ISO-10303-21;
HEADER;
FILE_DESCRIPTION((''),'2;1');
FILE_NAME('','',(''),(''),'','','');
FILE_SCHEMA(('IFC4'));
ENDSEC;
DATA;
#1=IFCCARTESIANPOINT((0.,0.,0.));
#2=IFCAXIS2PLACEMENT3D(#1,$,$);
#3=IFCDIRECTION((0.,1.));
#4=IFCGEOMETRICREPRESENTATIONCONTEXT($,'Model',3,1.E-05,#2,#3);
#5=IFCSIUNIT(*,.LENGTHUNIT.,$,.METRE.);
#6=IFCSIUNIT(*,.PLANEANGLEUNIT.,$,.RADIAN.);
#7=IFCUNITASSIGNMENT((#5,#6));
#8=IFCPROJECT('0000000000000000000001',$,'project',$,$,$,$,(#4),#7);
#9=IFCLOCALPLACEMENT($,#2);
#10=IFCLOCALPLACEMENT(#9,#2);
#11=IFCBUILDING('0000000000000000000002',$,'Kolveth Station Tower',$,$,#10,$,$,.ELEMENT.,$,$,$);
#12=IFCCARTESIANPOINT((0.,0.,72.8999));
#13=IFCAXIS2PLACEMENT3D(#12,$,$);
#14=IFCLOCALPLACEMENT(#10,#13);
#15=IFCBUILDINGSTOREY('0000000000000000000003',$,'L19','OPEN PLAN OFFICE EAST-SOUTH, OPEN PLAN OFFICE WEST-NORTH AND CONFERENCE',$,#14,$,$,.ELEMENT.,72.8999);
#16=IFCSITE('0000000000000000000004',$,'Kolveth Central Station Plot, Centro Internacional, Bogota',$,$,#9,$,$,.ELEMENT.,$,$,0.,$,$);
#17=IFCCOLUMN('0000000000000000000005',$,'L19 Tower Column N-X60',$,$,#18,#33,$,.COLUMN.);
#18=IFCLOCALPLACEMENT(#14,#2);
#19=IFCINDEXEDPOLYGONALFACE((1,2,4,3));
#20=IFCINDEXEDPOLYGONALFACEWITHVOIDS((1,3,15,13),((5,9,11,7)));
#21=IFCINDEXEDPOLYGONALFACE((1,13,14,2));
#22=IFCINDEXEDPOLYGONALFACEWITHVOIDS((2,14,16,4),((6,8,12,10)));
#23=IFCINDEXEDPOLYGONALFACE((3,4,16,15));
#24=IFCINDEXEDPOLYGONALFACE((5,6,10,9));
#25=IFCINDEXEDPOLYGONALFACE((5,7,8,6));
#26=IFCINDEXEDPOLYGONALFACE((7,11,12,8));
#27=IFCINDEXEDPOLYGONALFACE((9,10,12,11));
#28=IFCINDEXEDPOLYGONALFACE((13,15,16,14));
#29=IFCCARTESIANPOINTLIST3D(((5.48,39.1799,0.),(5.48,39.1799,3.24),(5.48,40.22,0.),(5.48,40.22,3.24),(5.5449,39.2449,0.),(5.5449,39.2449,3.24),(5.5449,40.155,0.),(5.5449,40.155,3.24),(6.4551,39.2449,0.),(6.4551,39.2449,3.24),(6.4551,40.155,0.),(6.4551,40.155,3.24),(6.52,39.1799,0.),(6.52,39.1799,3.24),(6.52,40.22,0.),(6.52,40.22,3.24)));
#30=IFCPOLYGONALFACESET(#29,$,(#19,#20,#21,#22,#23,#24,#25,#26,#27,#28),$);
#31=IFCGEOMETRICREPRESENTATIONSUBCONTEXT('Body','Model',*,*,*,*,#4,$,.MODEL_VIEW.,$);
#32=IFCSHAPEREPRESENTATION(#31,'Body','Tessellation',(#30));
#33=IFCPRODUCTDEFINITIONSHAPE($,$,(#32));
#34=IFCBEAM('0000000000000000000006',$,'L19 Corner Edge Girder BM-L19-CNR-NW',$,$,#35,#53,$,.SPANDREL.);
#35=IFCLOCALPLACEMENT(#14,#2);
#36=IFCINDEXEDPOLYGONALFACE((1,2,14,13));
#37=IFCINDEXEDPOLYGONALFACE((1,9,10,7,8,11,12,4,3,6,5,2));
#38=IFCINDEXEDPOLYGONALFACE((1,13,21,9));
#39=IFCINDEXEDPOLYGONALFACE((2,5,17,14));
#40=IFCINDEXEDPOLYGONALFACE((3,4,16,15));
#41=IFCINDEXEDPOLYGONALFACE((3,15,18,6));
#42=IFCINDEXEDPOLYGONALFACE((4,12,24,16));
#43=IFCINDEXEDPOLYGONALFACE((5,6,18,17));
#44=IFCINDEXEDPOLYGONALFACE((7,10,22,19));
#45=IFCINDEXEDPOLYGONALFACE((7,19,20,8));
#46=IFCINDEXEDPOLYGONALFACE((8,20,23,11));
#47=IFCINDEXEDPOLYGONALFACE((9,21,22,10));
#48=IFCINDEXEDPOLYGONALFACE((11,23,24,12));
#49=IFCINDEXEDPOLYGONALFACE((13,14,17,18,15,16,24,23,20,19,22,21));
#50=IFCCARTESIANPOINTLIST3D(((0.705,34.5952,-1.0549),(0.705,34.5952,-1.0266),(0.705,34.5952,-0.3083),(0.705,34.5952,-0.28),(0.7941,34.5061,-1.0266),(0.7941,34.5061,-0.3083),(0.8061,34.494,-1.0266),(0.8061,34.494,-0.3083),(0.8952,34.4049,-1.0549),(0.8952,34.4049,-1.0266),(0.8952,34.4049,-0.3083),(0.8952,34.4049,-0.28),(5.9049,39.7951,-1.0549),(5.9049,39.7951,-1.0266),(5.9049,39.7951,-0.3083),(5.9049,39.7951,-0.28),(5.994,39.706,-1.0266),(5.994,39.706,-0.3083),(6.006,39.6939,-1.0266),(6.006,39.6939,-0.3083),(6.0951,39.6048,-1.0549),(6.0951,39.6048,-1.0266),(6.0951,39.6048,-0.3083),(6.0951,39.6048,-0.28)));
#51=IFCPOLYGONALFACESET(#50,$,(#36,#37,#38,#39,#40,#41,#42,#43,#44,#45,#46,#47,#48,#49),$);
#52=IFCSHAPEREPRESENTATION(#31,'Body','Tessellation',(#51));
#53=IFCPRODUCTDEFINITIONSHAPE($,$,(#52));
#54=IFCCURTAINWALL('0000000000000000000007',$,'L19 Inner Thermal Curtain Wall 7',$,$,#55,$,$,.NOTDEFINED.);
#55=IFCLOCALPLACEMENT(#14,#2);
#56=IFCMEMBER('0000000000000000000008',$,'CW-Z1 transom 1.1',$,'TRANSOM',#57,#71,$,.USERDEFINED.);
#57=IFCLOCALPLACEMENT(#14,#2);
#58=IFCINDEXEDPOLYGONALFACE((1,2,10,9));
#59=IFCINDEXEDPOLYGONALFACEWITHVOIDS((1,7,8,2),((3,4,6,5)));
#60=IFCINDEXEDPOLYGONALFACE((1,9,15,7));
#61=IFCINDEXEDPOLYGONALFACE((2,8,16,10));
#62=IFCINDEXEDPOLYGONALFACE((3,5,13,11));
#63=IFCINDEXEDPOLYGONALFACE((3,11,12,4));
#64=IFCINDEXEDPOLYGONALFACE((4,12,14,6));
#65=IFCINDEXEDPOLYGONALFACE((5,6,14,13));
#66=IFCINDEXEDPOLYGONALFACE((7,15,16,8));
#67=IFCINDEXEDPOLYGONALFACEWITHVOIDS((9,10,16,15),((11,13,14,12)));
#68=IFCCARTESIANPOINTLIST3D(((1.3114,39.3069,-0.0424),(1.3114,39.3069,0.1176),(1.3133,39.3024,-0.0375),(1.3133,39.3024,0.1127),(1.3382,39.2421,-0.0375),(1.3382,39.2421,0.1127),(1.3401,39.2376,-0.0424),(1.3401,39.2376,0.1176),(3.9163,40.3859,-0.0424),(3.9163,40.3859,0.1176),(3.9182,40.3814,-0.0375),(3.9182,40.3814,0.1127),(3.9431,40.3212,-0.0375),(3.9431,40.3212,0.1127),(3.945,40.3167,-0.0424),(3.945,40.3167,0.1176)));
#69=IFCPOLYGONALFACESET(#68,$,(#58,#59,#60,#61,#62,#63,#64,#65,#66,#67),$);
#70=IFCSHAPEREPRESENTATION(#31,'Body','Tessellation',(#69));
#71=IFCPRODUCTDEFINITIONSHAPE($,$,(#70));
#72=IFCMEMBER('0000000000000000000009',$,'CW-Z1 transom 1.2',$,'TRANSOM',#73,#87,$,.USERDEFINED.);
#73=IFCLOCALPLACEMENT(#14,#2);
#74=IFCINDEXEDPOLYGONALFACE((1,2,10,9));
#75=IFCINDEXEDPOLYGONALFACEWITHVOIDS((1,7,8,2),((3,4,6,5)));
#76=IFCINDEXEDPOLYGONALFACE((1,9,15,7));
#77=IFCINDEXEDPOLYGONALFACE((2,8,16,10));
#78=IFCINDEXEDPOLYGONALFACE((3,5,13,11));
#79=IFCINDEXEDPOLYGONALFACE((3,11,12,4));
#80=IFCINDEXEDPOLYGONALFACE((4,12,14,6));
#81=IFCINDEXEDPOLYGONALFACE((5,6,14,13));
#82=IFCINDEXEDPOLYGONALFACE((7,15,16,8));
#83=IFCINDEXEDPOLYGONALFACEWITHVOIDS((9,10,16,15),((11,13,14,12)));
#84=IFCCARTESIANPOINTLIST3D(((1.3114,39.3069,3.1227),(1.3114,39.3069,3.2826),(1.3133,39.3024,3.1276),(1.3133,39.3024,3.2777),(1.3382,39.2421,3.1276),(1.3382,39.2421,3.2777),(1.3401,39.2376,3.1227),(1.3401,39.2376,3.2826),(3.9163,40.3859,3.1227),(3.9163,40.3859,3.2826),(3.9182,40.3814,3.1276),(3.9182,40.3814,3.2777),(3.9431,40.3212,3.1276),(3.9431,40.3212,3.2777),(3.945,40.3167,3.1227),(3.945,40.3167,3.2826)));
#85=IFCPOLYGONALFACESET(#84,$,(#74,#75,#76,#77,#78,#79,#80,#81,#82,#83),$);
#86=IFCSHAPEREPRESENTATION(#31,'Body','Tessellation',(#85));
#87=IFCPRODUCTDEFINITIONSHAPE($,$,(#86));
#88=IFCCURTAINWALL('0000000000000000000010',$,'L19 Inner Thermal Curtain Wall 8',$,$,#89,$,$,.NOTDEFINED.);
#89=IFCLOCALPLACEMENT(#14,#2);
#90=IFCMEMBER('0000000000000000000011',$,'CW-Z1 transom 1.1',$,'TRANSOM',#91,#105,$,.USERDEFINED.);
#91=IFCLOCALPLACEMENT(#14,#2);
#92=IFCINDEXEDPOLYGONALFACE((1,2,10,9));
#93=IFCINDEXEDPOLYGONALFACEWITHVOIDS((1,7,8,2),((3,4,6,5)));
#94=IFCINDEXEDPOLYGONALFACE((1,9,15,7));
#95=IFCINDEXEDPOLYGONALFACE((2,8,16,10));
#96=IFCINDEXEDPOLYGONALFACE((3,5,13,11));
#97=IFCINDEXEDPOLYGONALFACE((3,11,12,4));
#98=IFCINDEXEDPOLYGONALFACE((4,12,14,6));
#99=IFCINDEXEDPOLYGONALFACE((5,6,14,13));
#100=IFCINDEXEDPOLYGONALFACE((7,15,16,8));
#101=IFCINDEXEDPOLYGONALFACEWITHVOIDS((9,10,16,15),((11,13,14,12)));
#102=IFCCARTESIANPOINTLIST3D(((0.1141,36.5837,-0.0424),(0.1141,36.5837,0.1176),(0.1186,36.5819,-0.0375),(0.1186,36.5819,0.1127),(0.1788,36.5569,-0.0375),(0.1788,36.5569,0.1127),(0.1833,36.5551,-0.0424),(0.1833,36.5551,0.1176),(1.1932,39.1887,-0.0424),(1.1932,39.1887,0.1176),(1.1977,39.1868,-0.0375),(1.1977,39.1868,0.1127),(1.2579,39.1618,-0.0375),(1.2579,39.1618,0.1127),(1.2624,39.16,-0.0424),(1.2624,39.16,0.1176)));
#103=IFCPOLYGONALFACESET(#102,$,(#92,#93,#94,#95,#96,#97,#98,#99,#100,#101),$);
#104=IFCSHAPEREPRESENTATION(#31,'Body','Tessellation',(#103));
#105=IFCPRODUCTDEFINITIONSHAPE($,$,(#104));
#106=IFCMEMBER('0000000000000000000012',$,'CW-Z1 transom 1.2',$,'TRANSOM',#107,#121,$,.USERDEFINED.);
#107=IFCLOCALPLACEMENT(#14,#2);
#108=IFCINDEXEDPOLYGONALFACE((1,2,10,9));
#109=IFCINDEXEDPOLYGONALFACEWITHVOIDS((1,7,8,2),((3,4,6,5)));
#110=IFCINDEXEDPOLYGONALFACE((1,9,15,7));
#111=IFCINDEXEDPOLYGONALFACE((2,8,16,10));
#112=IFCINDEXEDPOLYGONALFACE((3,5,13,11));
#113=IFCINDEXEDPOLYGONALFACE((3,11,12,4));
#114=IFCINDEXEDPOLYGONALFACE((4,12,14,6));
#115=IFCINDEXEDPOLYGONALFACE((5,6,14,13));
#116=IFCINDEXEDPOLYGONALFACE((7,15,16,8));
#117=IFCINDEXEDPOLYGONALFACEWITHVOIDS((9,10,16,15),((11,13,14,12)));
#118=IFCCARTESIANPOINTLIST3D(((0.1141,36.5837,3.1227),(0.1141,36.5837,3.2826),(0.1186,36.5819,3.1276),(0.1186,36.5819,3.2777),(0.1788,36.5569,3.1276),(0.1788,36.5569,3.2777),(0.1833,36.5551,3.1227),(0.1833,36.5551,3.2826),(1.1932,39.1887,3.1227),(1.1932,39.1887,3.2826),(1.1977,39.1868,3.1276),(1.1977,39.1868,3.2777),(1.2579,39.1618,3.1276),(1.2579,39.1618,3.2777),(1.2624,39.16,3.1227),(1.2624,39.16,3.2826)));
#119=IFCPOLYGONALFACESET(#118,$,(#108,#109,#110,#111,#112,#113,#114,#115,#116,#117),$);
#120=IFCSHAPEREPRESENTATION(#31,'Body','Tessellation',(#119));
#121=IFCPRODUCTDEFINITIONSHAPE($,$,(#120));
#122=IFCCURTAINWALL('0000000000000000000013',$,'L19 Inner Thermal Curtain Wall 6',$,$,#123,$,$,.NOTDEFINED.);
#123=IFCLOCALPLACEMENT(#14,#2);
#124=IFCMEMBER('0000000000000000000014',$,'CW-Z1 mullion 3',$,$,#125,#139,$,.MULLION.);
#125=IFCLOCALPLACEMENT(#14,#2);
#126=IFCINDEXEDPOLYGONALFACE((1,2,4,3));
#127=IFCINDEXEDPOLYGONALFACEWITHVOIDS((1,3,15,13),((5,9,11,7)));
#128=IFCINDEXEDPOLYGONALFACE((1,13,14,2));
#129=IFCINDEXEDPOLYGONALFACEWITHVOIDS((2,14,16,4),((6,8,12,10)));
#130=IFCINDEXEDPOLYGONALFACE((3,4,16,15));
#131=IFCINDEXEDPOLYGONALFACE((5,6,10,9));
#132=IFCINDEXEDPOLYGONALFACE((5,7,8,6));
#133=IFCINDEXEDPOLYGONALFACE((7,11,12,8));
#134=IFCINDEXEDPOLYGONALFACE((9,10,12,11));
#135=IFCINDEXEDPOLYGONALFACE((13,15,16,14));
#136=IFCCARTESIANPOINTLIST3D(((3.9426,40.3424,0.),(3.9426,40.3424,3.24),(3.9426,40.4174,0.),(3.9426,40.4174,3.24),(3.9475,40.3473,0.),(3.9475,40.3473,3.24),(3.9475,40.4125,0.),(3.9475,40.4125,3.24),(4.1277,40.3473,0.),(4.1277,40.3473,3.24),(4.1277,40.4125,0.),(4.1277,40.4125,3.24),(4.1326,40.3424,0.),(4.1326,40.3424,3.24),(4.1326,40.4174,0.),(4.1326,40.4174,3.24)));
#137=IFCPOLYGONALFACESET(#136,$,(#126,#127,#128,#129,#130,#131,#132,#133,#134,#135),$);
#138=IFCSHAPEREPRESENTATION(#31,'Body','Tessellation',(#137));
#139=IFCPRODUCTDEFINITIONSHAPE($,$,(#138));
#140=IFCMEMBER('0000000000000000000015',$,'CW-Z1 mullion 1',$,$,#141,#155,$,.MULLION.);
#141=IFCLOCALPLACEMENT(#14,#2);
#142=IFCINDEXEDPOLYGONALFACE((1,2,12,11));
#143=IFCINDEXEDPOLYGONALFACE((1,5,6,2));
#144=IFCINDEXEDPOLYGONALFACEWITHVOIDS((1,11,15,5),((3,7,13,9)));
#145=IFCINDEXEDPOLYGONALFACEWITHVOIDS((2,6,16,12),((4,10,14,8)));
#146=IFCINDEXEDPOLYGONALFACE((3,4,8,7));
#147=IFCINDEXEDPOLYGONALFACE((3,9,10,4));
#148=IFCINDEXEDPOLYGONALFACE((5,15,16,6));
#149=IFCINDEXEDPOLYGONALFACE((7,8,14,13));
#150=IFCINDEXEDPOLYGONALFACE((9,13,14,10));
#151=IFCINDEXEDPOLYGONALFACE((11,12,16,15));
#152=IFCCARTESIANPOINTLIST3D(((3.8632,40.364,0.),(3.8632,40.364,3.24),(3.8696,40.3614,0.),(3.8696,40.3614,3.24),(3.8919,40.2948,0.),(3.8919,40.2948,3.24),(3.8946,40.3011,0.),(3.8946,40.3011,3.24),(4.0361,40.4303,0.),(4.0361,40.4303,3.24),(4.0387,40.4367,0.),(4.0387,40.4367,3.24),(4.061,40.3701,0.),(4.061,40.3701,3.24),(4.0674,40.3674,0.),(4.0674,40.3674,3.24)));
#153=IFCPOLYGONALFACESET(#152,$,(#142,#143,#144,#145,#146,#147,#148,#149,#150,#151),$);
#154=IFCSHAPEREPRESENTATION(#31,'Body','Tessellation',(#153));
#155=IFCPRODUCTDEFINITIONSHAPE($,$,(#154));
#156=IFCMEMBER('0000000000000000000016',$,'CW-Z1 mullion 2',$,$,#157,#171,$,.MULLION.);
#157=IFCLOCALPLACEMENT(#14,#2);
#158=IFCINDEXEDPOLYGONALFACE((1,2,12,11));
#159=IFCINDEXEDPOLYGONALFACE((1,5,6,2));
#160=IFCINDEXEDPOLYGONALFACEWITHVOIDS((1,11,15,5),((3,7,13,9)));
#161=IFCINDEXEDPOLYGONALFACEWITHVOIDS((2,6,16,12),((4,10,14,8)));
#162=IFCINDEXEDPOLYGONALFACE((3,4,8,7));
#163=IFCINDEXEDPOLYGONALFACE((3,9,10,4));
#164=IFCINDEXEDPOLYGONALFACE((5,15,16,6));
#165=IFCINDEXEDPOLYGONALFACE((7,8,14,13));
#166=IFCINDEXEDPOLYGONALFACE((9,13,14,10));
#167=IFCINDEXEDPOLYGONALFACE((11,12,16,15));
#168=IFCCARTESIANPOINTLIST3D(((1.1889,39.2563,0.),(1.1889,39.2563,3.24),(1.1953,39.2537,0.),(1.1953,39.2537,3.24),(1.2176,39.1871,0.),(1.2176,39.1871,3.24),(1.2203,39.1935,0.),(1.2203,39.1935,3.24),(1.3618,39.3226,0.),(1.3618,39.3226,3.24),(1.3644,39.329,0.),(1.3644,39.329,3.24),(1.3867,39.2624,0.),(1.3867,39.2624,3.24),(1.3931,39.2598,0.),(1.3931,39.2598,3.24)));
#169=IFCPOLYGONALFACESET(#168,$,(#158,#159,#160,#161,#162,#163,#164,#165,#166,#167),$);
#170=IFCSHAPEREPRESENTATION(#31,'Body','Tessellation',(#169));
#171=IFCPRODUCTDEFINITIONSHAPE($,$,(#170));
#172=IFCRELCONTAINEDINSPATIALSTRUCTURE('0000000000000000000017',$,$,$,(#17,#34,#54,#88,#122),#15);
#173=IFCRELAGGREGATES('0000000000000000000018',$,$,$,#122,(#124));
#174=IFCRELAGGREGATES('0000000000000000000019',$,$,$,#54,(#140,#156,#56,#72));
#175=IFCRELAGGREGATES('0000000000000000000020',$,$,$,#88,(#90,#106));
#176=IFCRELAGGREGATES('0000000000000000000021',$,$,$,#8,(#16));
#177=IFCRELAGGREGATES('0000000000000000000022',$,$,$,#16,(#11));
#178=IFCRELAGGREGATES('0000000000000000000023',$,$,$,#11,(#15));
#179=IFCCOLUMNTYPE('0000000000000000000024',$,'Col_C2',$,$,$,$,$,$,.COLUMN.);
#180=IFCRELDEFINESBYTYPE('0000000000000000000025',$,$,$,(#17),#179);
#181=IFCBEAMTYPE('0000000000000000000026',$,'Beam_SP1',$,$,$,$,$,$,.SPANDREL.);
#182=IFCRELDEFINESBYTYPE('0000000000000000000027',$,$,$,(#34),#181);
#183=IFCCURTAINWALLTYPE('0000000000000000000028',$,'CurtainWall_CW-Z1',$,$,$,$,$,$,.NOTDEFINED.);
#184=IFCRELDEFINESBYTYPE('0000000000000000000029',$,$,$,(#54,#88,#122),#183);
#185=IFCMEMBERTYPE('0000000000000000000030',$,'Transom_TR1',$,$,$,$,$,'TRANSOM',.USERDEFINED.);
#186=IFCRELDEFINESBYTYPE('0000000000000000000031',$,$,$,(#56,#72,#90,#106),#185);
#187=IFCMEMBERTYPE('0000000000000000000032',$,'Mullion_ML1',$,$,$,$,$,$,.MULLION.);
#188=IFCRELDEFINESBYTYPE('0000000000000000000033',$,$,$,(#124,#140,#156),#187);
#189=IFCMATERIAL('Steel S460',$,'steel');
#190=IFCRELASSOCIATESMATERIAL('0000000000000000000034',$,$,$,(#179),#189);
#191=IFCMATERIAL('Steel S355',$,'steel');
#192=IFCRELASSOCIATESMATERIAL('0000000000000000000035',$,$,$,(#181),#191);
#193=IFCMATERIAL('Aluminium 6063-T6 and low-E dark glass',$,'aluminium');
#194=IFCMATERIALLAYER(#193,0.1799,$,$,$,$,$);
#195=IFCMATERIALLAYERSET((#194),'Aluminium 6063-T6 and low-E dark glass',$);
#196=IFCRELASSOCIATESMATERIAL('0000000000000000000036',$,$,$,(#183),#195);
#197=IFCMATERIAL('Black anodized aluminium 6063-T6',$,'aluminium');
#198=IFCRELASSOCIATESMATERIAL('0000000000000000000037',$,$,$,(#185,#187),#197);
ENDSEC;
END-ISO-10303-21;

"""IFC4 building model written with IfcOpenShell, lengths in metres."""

from ifc_helpers import new_model, si_unit, direction, frame, origin, origin_2d, place, context, subcontext, project, spatial, hollow_rectangle, i_section, extrude, source, transform, mapped, material, layer, layer_set, material_profile, profile_set, type_object, element, aggregate, save


model = new_model("IFC4")

# Units and contexts
model_context = context("Model", 3, precision=1e-05, world=origin(), true_north=direction((0.0, 1.0)))
body_context = subcontext(model_context, "Body", "Model", "MODEL_VIEW")
ifc_project = project(units=[si_unit("LENGTHUNIT", "METRE"), si_unit("PLANEANGLEUNIT", "RADIAN")], contexts=[model_context])

# Site, building, storey
site_placement = place(None, origin())
site = spatial("IfcSite", under=ifc_project, at=site_placement, Name="Kolveth Central Station Plot, Centro Internacional, Bogota", CompositionType="ELEMENT", RefElevation=0.0)
building_placement = place(site_placement, origin())
building = spatial("IfcBuilding", under=site, at=building_placement, Name="Kolveth Station Tower", CompositionType="ELEMENT")
storey_placement = place(building_placement, frame((0.0, 0.0, 72.8999)))
storey = spatial("IfcBuildingStorey", under=building, at=storey_placement, Name="L19", Description="OPEN PLAN OFFICE EAST-SOUTH, OPEN PLAN OFFICE WEST-NORTH AND CONFERENCE", CompositionType="ELEMENT", Elevation=72.8999)

# Column
ifc_material_1 = material(Name="Steel S460", Category="steel")
ifc_material_profile_1 = material_profile(ifc_material_1, hollow_rectangle(XDim=1.04, YDim=1.04, WallThickness=0.0649, at=origin_2d()), Name="BOX1040x1040x65")
ifc_profile_set_1 = profile_set([ifc_material_profile_1], Name="Steel S460")
column_type = type_object("IfcColumnType", Name="Col_C2", PredefinedType="COLUMN", material=ifc_profile_set_1)
shared_shape_1 = source(origin(), body_context, "Body", "SweptSolid", [
    extrude(hollow_rectangle(XDim=1.04, YDim=1.04, WallThickness=0.0649, at=origin_2d()), origin(), (0.0, 0.0, 1.0), 3.24),
])
column_placement = place(storey_placement, frame((6.0, 39.7, 0.0), z_axis=(0.0, 0.0, 1.0), x_axis=(1.0, 0.0, 0.0)))
element("IfcColumn", 1, at=column_placement, inside=storey, type_object=column_type, Name="L19 Tower Column N-X60", PredefinedType="COLUMN", context=body_context, shape_type="MappedRepresentation", body=[
    mapped(shared_shape_1, transform((0.0, 0.0, 0.0), x_axis=(1.0, 0.0, 0.0), y_axis=(0.0, 1.0, 0.0), z_axis=(0.0, 0.0, 1.0), scale=1.0)),
])

# Beam
ifc_material_2 = material(Name="Steel S355", Category="steel")
ifc_material_profile_2 = material_profile(ifc_material_2, i_section(OverallWidth=0.269, OverallDepth=0.7749, WebThickness=0.0171, FlangeThickness=0.0283, at=origin_2d()), Name="W760x220")
ifc_profile_set_2 = profile_set([ifc_material_profile_2], Name="Steel S355")
beam_type = type_object("IfcBeamType", Name="Beam_SP1", PredefinedType="SPANDREL", material=ifc_profile_set_2)
shared_shape_2 = source(origin(), body_context, "Body", "SweptSolid", [
    extrude(i_section(OverallWidth=0.269, OverallDepth=0.7749, WebThickness=0.0171, FlangeThickness=0.0283, at=origin_2d()), origin(), (0.0, 0.0, 1.0), 7.3538),
])
beam_placement = place(storey_placement, frame((6.0, 39.7, -0.6675), z_axis=(-0.707107, -0.707107, 0.0), x_axis=(0.707107, -0.707107, 0.0)))
element("IfcBeam", 2, at=beam_placement, inside=storey, type_object=beam_type, Name="L19 Corner Edge Girder BM-L19-CNR-NW", PredefinedType="SPANDREL", context=body_context, shape_type="MappedRepresentation", body=[
    mapped(shared_shape_2, transform((0.0, 0.0, 0.0), x_axis=(1.0, 0.0, 0.0), y_axis=(0.0, 1.0, 0.0), z_axis=(0.0, 0.0, 1.0), scale=1.0)),
])

# Curtain walls, members
ifc_material_3 = material(Name="Aluminium 6063-T6 and low-E dark glass", Category="aluminium")
ifc_layer_1 = layer(ifc_material_3, 0.1799)
ifc_layer_set_1 = layer_set([ifc_layer_1], Name="Aluminium 6063-T6 and low-E dark glass")
curtain_wall_type_1 = type_object("IfcCurtainWallType", Name="CurtainWall_CW-Z1", PredefinedType="NOTDEFINED", material=ifc_layer_set_1)
curtain_wall_1_placement = place(storey_placement, origin())
curtain_wall_1 = element("IfcCurtainWall", 3, at=curtain_wall_1_placement, inside=storey, type_object=curtain_wall_type_1, Name="L19 Inner Thermal Curtain Wall 7", PredefinedType="NOTDEFINED")
ifc_material_4 = material(Name="Black anodized aluminium 6063-T6", Category="aluminium")
ifc_material_profile_3 = material_profile(ifc_material_4, hollow_rectangle(XDim=0.075, YDim=0.1599, WallThickness=0.0049, at=origin_2d()), Name="ALU-75x160x5")
ifc_profile_set_3 = profile_set([ifc_material_profile_3], Name="Black anodized aluminium 6063-T6")
member_type_1 = type_object("IfcMemberType", Name="Transom_TR1", ElementType="TRANSOM", PredefinedType="USERDEFINED", material=ifc_profile_set_3)
shared_shape_3 = source(origin(), body_context, "Body", "SweptSolid", [
    extrude(hollow_rectangle(XDim=0.075, YDim=0.1599, WallThickness=0.0049, at=origin_2d()), origin(), (0.0, 0.0, 1.0), 2.8196),
])
member_1_placement = place(storey_placement, frame((3.9307, 40.3513, 0.0376), z_axis=(-0.923869, -0.382709, 0.0), x_axis=(0.382709, -0.923869, 0.0)))
member_1 = element("IfcMember", 4, at=member_1_placement, type_object=member_type_1, Name="CW-Z1 transom 1.1", ObjectType="TRANSOM", PredefinedType="USERDEFINED", context=body_context, shape_type="MappedRepresentation", body=[
    mapped(shared_shape_3, transform((0.0, 0.0, 0.0), x_axis=(1.0, 0.0, 0.0), y_axis=(0.0, 1.0, 0.0), z_axis=(0.0, 0.0, 1.0), scale=1.0)),
])
member_2_placement = place(storey_placement, frame((3.9307, 40.3513, 3.2026), z_axis=(-0.923869, -0.382709, 0.0), x_axis=(0.382709, -0.923869, 0.0)))
member_2 = element("IfcMember", 5, at=member_2_placement, type_object=member_type_1, Name="CW-Z1 transom 1.2", ObjectType="TRANSOM", PredefinedType="USERDEFINED", context=body_context, shape_type="MappedRepresentation", body=[
    mapped(shared_shape_3, transform((0.0, 0.0, 0.0), x_axis=(1.0, 0.0, 0.0), y_axis=(0.0, 1.0, 0.0), z_axis=(0.0, 0.0, 1.0), scale=1.0)),
])
curtain_wall_2_placement = place(storey_placement, origin())
curtain_wall_2 = element("IfcCurtainWall", 6, at=curtain_wall_2_placement, inside=storey, type_object=curtain_wall_type_1, Name="L19 Inner Thermal Curtain Wall 8", PredefinedType="NOTDEFINED")
member_3_placement = place(storey_placement, frame((1.2278, 39.1743, 0.0376), z_axis=(-0.382709, -0.923869, 0.0), x_axis=(0.923869, -0.382709, 0.0)))
member_3 = element("IfcMember", 7, at=member_3_placement, type_object=member_type_1, Name="CW-Z1 transom 1.1", ObjectType="TRANSOM", PredefinedType="USERDEFINED", context=body_context, shape_type="MappedRepresentation", body=[
    mapped(shared_shape_3, transform((0.0, 0.0, 0.0), x_axis=(1.0, 0.0, 0.0), y_axis=(0.0, 1.0, 0.0), z_axis=(0.0, 0.0, 1.0), scale=1.0)),
])
member_4_placement = place(storey_placement, frame((1.2278, 39.1743, 3.2026), z_axis=(-0.382709, -0.923869, 0.0), x_axis=(0.923869, -0.382709, 0.0)))
member_4 = element("IfcMember", 8, at=member_4_placement, type_object=member_type_1, Name="CW-Z1 transom 1.2", ObjectType="TRANSOM", PredefinedType="USERDEFINED", context=body_context, shape_type="MappedRepresentation", body=[
    mapped(shared_shape_3, transform((0.0, 0.0, 0.0), x_axis=(1.0, 0.0, 0.0), y_axis=(0.0, 1.0, 0.0), z_axis=(0.0, 0.0, 1.0), scale=1.0)),
])

# Curtain wall, member
curtain_wall_3_placement = place(storey_placement, origin())
curtain_wall_3 = element("IfcCurtainWall", 9, at=curtain_wall_3_placement, inside=storey, type_object=curtain_wall_type_1, Name="L19 Inner Thermal Curtain Wall 6", PredefinedType="NOTDEFINED")
ifc_material_profile_4 = material_profile(ifc_material_4, hollow_rectangle(XDim=0.075, YDim=0.1899, WallThickness=0.0049, at=origin_2d()), Name="ALU-75x190x5")
ifc_profile_set_4 = profile_set([ifc_material_profile_4], Name="Black anodized aluminium 6063-T6")
member_type_2 = type_object("IfcMemberType", Name="Mullion_ML1", PredefinedType="MULLION", material=ifc_profile_set_4)
shared_shape_4 = source(origin(), body_context, "Body", "SweptSolid", [
    extrude(hollow_rectangle(XDim=0.075, YDim=0.1899, WallThickness=0.0049, at=origin_2d()), origin(), (0.0, 0.0, 1.0), 3.24),
])
member_5_placement = place(storey_placement, frame((4.0376, 40.3799, 0.0), z_axis=(0.0, 0.0, 1.0), x_axis=(0.0, -1.0, 0.0)))
member_5 = element("IfcMember", 10, at=member_5_placement, type_object=member_type_2, Name="CW-Z1 mullion 3", PredefinedType="MULLION", context=body_context, shape_type="MappedRepresentation", body=[
    mapped(shared_shape_4, transform((0.0, 0.0, 0.0), x_axis=(1.0, 0.0, 0.0), y_axis=(0.0, 1.0, 0.0), z_axis=(0.0, 0.0, 1.0), scale=1.0)),
])
aggregate(curtain_wall_3, [member_5])

# Members
member_6_placement = place(storey_placement, frame((3.9653, 40.3657, 0.0), z_axis=(0.0, 0.0, 1.0), x_axis=(0.382673, -0.923884, 0.0)))
member_6 = element("IfcMember", 11, at=member_6_placement, type_object=member_type_2, Name="CW-Z1 mullion 1", PredefinedType="MULLION", context=body_context, shape_type="MappedRepresentation", body=[
    mapped(shared_shape_4, transform((0.0, 0.0, 0.0), x_axis=(1.0, 0.0, 0.0), y_axis=(0.0, 1.0, 0.0), z_axis=(0.0, 0.0, 1.0), scale=1.0)),
])
member_7_placement = place(storey_placement, frame((1.291, 39.2581, 0.0), z_axis=(0.0, 0.0, 1.0), x_axis=(0.382673, -0.923884, 0.0)))
member_7 = element("IfcMember", 12, at=member_7_placement, type_object=member_type_2, Name="CW-Z1 mullion 2", PredefinedType="MULLION", context=body_context, shape_type="MappedRepresentation", body=[
    mapped(shared_shape_4, transform((0.0, 0.0, 0.0), x_axis=(1.0, 0.0, 0.0), y_axis=(0.0, 1.0, 0.0), z_axis=(0.0, 0.0, 1.0), scale=1.0)),
])

aggregate(curtain_wall_1, [member_6, member_7, member_1, member_2])
aggregate(curtain_wall_2, [member_3, member_4])

save(model, "model.ifc")
